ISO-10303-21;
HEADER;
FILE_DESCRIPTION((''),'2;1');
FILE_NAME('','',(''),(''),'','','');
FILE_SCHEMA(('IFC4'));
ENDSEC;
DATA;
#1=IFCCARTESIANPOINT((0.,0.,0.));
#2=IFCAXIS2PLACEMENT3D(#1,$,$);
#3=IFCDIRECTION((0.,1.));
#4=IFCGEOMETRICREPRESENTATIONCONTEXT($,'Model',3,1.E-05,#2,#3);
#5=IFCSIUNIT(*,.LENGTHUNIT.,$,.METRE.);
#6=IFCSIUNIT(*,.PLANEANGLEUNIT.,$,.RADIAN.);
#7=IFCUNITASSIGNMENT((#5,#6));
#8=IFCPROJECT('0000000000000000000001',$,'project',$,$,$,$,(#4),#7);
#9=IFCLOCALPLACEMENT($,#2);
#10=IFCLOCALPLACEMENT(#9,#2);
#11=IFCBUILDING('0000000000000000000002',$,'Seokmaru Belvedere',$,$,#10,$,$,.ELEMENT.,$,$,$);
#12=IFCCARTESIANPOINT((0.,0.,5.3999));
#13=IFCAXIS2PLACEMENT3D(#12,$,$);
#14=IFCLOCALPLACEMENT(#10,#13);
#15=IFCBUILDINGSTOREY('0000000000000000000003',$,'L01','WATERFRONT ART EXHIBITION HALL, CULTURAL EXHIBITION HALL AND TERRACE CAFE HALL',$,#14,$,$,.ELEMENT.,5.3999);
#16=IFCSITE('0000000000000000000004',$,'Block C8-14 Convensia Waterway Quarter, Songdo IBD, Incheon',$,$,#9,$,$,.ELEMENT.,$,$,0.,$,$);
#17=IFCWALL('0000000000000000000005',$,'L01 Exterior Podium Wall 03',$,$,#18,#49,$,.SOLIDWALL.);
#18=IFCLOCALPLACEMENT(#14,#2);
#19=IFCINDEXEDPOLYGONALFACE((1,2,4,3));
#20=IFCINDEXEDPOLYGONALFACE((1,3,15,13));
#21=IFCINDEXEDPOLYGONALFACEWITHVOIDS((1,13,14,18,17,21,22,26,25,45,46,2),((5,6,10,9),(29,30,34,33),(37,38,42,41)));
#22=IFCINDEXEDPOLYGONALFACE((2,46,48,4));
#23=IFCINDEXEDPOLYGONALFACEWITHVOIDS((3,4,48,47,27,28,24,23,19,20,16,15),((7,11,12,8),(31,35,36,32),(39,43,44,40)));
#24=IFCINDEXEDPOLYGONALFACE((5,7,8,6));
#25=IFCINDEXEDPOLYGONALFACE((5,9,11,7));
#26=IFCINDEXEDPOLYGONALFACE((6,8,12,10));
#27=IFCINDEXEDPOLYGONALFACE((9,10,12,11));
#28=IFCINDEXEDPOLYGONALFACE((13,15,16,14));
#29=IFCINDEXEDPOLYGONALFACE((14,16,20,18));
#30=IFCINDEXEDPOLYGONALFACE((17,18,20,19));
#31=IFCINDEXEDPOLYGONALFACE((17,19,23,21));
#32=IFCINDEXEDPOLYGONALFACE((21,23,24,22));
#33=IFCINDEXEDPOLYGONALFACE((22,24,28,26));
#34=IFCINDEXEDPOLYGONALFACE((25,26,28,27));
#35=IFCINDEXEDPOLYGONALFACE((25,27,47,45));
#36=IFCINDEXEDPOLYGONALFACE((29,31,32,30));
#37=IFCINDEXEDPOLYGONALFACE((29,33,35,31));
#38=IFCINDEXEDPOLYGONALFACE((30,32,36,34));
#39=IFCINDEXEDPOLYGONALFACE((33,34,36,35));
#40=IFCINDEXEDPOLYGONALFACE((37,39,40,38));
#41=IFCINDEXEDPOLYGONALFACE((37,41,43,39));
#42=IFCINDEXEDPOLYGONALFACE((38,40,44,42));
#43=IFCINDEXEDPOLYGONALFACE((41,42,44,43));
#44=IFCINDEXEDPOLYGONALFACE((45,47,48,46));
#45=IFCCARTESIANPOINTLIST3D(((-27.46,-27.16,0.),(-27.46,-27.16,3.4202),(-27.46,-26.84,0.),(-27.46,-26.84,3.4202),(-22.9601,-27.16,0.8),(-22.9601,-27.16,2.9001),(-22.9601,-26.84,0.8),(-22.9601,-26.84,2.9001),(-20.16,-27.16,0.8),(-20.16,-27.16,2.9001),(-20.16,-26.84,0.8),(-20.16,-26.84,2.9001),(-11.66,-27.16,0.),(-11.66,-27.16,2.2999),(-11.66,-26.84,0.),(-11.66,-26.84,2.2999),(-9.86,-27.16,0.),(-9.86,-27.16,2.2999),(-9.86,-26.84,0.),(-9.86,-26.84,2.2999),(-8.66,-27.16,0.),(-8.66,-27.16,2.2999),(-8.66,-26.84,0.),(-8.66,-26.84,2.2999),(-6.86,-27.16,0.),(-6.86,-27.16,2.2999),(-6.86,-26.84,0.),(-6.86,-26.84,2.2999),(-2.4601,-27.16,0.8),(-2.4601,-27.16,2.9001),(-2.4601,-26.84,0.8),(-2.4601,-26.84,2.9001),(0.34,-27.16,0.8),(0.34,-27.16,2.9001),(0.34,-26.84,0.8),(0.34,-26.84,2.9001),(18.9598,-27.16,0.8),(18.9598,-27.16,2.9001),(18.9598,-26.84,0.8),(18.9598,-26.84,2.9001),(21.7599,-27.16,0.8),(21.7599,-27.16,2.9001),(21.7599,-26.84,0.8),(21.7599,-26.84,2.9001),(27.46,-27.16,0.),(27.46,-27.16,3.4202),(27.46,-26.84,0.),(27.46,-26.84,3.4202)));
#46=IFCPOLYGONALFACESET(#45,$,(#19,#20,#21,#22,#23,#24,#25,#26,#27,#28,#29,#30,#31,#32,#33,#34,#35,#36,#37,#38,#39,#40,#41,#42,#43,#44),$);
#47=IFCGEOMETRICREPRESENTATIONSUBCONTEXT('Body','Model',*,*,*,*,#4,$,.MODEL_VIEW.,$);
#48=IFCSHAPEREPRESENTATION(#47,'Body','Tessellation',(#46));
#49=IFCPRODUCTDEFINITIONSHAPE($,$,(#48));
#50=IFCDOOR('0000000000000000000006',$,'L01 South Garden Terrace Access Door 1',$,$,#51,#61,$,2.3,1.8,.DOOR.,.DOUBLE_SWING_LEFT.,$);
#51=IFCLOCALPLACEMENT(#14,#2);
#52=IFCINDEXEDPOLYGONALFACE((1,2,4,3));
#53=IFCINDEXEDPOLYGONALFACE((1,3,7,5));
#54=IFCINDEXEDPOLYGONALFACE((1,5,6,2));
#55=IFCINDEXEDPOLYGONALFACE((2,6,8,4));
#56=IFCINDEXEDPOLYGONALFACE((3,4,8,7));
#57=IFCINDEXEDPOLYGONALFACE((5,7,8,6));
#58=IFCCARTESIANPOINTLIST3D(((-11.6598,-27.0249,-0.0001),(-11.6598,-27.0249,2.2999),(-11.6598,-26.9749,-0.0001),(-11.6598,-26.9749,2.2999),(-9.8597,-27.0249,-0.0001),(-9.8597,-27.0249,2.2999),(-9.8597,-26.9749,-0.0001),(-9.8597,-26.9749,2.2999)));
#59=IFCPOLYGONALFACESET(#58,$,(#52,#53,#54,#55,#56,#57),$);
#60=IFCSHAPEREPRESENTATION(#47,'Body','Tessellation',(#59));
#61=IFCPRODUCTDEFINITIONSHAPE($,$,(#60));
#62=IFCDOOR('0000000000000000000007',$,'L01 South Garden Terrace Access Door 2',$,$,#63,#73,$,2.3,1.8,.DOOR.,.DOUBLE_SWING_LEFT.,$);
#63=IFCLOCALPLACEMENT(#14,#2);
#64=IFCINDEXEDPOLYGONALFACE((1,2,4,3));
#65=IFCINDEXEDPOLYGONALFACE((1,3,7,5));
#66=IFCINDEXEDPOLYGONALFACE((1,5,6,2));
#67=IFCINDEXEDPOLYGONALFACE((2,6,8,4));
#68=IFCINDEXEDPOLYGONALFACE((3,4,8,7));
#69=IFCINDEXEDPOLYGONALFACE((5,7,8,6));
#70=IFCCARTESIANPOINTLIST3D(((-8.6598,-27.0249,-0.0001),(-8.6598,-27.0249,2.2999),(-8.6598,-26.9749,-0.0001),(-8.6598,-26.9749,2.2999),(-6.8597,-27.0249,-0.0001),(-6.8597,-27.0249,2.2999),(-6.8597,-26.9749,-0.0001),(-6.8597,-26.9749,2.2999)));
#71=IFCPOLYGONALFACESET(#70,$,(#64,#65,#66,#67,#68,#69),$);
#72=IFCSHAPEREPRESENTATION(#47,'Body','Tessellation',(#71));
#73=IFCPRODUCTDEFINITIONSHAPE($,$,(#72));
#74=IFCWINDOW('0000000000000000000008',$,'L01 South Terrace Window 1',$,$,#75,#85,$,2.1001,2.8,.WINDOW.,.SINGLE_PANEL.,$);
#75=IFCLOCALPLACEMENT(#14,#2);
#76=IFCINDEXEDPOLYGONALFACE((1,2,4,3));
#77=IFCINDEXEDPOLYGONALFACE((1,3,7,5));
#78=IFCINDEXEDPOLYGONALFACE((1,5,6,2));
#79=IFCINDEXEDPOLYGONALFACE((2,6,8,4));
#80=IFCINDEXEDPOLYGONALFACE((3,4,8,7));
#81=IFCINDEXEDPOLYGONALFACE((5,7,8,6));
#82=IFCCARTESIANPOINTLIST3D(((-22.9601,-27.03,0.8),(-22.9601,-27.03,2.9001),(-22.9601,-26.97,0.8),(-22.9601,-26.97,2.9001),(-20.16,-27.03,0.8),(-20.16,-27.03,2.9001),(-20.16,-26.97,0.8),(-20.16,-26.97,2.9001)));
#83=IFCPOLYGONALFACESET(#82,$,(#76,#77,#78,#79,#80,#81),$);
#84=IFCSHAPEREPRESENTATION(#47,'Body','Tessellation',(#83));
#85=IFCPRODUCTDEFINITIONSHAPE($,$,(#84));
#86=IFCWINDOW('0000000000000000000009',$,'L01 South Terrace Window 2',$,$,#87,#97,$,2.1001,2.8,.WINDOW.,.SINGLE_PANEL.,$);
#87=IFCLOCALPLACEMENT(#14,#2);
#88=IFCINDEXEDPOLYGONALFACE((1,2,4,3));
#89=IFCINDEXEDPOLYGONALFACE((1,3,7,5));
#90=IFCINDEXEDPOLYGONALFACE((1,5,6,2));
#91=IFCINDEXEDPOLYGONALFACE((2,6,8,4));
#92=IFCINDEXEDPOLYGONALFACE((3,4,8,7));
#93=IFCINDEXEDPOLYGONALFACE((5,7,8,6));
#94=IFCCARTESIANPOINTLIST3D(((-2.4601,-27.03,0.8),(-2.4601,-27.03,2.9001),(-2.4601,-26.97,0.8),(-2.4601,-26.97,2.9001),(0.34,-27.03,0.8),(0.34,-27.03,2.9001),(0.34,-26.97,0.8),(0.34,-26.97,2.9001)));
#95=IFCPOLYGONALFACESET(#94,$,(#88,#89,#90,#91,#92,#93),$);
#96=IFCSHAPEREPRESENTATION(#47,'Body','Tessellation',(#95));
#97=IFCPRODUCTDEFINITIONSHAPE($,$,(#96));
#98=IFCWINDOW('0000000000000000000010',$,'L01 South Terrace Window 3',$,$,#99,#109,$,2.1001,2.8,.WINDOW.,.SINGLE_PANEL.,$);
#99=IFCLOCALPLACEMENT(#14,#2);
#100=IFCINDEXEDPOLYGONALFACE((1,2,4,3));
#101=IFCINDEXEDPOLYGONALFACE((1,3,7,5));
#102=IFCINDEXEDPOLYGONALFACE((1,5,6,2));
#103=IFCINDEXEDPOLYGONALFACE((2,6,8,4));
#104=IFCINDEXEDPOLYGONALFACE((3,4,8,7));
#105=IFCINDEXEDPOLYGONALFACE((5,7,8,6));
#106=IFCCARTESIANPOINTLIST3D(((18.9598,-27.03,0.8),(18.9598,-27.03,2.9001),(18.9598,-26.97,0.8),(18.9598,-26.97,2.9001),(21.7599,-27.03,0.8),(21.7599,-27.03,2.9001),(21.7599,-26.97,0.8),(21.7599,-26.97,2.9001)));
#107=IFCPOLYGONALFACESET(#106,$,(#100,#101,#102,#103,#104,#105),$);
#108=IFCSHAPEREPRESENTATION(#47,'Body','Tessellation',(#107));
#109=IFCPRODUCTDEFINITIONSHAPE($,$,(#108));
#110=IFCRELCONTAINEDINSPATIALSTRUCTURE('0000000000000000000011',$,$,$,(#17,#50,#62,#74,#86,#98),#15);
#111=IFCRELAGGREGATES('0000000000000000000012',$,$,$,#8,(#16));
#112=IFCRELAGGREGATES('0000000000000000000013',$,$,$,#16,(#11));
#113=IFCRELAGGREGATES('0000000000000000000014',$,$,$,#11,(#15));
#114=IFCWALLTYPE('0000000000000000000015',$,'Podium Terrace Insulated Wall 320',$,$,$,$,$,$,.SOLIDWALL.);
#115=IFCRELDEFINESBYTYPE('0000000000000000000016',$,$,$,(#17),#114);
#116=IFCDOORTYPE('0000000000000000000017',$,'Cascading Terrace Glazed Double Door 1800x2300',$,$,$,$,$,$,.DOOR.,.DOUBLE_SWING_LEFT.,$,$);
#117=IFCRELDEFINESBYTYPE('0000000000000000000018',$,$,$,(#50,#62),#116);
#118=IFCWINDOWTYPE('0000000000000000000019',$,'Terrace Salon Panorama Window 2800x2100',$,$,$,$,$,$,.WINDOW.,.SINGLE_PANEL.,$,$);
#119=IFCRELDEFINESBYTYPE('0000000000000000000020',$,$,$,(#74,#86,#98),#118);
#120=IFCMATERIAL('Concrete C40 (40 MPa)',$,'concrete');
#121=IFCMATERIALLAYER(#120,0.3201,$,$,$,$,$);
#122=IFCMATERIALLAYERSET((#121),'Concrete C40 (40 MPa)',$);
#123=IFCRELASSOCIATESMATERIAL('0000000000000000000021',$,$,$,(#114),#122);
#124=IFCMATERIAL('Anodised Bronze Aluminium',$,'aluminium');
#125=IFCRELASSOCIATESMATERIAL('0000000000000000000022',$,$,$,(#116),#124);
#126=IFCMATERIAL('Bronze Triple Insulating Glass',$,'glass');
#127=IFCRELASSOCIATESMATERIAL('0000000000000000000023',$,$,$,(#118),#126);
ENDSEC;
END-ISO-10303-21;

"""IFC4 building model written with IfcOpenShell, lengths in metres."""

from ifc_helpers import new_model, si_unit, direction, frame, frame_2d, origin, place, context, subcontext, project, spatial, rectangle, extrude, source, transform, mapped, material, layer, layer_set, type_object, type_shapes, element, fill, save


model = new_model("IFC4")

# Units and contexts
model_context = context("Model", 3, precision=1e-05, world=origin(), true_north=direction((0.0, 1.0)))
body_context = subcontext(model_context, "Body", "Model", "MODEL_VIEW")
ifc_project = project(units=[si_unit("LENGTHUNIT", "METRE"), si_unit("PLANEANGLEUNIT", "RADIAN")], contexts=[model_context])

# Site, building, storey
site_placement = place(None, origin())
site = spatial("IfcSite", under=ifc_project, at=site_placement, Name="Block C8-14 Convensia Waterway Quarter, Songdo IBD, Incheon", CompositionType="ELEMENT", RefElevation=0.0)
building_placement = place(site_placement, origin())
building = spatial("IfcBuilding", under=site, at=building_placement, Name="Seokmaru Belvedere", CompositionType="ELEMENT")
storey_placement = place(building_placement, frame((0.0, 0.0, 5.3999)))
storey = spatial("IfcBuildingStorey", under=building, at=storey_placement, Name="L01", Description="WATERFRONT ART EXHIBITION HALL, CULTURAL EXHIBITION HALL AND TERRACE CAFE HALL", CompositionType="ELEMENT", Elevation=5.3999)

# Wall, openings, doors, windows
ifc_material_1 = material(Name="Concrete C40 (40 MPa)", Category="concrete")
ifc_layer = layer(ifc_material_1, 0.3201)
ifc_layer_set = layer_set([ifc_layer], Name="Concrete C40 (40 MPa)")
wall_type = type_object("IfcWallType", Name="Podium Terrace Insulated Wall 320", PredefinedType="SOLIDWALL", material=ifc_layer_set)
wall_placement = place(storey_placement, frame((-27.46, -27.0, 0.0), z_axis=(0.0, 0.0, 1.0), x_axis=(1.0, 0.0, 0.0)))
wall = element("IfcWall", 1, at=wall_placement, inside=storey, type_object=wall_type, Name="L01 Exterior Podium Wall 03", PredefinedType="SOLIDWALL", context=body_context, shape_type="SweptSolid", body=[
    extrude(rectangle(XDim=54.9199, YDim=0.3201, at=frame_2d((27.46, 0.0))), origin(), (0.0, 0.0, 1.0), 3.4202),
])
opening_1_placement = place(wall_placement, frame((15.8, 0.0, 0.0)))
opening_1 = element("IfcOpeningElement", 2, at=opening_1_placement, cuts=wall, PredefinedType="OPENING", context=body_context, shape_type="SweptSolid", body=[
    extrude(rectangle(XDim=1.8, YDim=2.3, at=frame_2d((0.8999, 1.1499))), frame((0.0, 0.1699, 0.0), z_axis=(0.0, -1.0, 0.0), x_axis=(1.0, 0.0, 0.0)), (0.0, 0.0, 1.0), 0.3401),
])
opening_2_placement = place(wall_placement, frame((18.8, 0.0, 0.0)))
opening_2 = element("IfcOpeningElement", 3, at=opening_2_placement, cuts=wall, PredefinedType="OPENING", context=body_context, shape_type="SweptSolid", body=[
    extrude(rectangle(XDim=1.8, YDim=2.3, at=frame_2d((0.8999, 1.1499))), frame((0.0, 0.1699, 0.0), z_axis=(0.0, -1.0, 0.0), x_axis=(1.0, 0.0, 0.0)), (0.0, 0.0, 1.0), 0.3401),
])
opening_3_placement = place(wall_placement, frame((4.5, 0.0, 0.8)))
opening_3 = element("IfcOpeningElement", 4, at=opening_3_placement, cuts=wall, PredefinedType="OPENING", context=body_context, shape_type="SweptSolid", body=[
    extrude(rectangle(XDim=2.8, YDim=2.1001, at=frame_2d((1.3999, 1.05))), frame((0.0, 0.1699, 0.0), z_axis=(0.0, -1.0, 0.0), x_axis=(1.0, 0.0, 0.0)), (0.0, 0.0, 1.0), 0.3401),
])
opening_4_placement = place(wall_placement, frame((25.0, 0.0, 0.8)))
opening_4 = element("IfcOpeningElement", 5, at=opening_4_placement, cuts=wall, PredefinedType="OPENING", context=body_context, shape_type="SweptSolid", body=[
    extrude(rectangle(XDim=2.8, YDim=2.1001, at=frame_2d((1.3999, 1.05))), frame((0.0, 0.1699, 0.0), z_axis=(0.0, -1.0, 0.0), x_axis=(1.0, 0.0, 0.0)), (0.0, 0.0, 1.0), 0.3401),
])
opening_5_placement = place(wall_placement, frame((46.4199, 0.0, 0.8)))
opening_5 = element("IfcOpeningElement", 6, at=opening_5_placement, cuts=wall, PredefinedType="OPENING", context=body_context, shape_type="SweptSolid", body=[
    extrude(rectangle(XDim=2.8, YDim=2.1001, at=frame_2d((1.3999, 1.05))), frame((0.0, 0.1699, 0.0), z_axis=(0.0, -1.0, 0.0), x_axis=(1.0, 0.0, 0.0)), (0.0, 0.0, 1.0), 0.3401),
])
ifc_material_2 = material(Name="Anodised Bronze Aluminium", Category="aluminium")
door_type = type_object("IfcDoorType", Name="Cascading Terrace Glazed Double Door 1800x2300", OperationType="DOUBLE_SWING_LEFT", PredefinedType="DOOR", material=ifc_material_2)
shared_shape_1 = source(origin(), body_context, "Body", "SweptSolid", [
    extrude(rectangle(XDim=1.8, YDim=2.3, at=frame_2d((0.8999, 1.1499))), frame((0.0, 0.0249, 0.0), z_axis=(0.0, -1.0, 0.0), x_axis=(1.0, 0.0, 0.0)), (0.0, 0.0, 1.0), 0.05),
])
type_shapes(door_type, [shared_shape_1])
door_1_placement = place(opening_1_placement, frame((1.8, 0.0, 0.0), z_axis=(0.0, 0.0, 1.0), x_axis=(-1.0, 0.0, 0.0)))
door_1 = element("IfcDoor", 7, at=door_1_placement, inside=storey, type_object=door_type, Name="L01 South Garden Terrace Access Door 1", OperationType="DOUBLE_SWING_LEFT", OverallHeight=2.3, OverallWidth=1.8, PredefinedType="DOOR", context=body_context, shape_type="MappedRepresentation", body=[
    mapped(shared_shape_1, transform((0.0, 0.0, 0.0), scale=1.0)),
])
fill(opening_1, door_1)
door_2_placement = place(opening_2_placement, frame((1.8, 0.0, 0.0), z_axis=(0.0, 0.0, 1.0), x_axis=(-1.0, 0.0, 0.0)))
door_2 = element("IfcDoor", 8, at=door_2_placement, inside=storey, type_object=door_type, Name="L01 South Garden Terrace Access Door 2", OperationType="DOUBLE_SWING_LEFT", OverallHeight=2.3, OverallWidth=1.8, PredefinedType="DOOR", context=body_context, shape_type="MappedRepresentation", body=[
    mapped(shared_shape_1, transform((0.0, 0.0, 0.0), scale=1.0)),
])
fill(opening_2, door_2)
ifc_material_3 = material(Name="Bronze Triple Insulating Glass", Category="glass")
window_type = type_object("IfcWindowType", Name="Terrace Salon Panorama Window 2800x2100", PartitioningType="SINGLE_PANEL", PredefinedType="WINDOW", material=ifc_material_3)
shared_shape_2 = source(origin(), body_context, "Body", "SweptSolid", [
    extrude(rectangle(XDim=2.8, YDim=2.1001, at=frame_2d((1.3999, 1.05))), frame((0.0, 0.03, 0.0), z_axis=(0.0, -1.0, 0.0), x_axis=(1.0, 0.0, 0.0)), (0.0, 0.0, 1.0), 0.0601),
])
type_shapes(window_type, [shared_shape_2])
window_1_placement = place(opening_3_placement, origin())
window_1 = element("IfcWindow", 9, at=window_1_placement, inside=storey, type_object=window_type, Name="L01 South Terrace Window 1", OverallHeight=2.1001, OverallWidth=2.8, PartitioningType="SINGLE_PANEL", PredefinedType="WINDOW", context=body_context, shape_type="MappedRepresentation", body=[
    mapped(shared_shape_2, transform((0.0, 0.0, 0.0), scale=1.0)),
])
fill(opening_3, window_1)
window_2_placement = place(opening_4_placement, origin())
window_2 = element("IfcWindow", 10, at=window_2_placement, inside=storey, type_object=window_type, Name="L01 South Terrace Window 2", OverallHeight=2.1001, OverallWidth=2.8, PartitioningType="SINGLE_PANEL", PredefinedType="WINDOW", context=body_context, shape_type="MappedRepresentation", body=[
    mapped(shared_shape_2, transform((0.0, 0.0, 0.0), scale=1.0)),
])
fill(opening_4, window_2)
window_3_placement = place(opening_5_placement, origin())
window_3 = element("IfcWindow", 11, at=window_3_placement, inside=storey, type_object=window_type, Name="L01 South Terrace Window 3", OverallHeight=2.1001, OverallWidth=2.8, PartitioningType="SINGLE_PANEL", PredefinedType="WINDOW", context=body_context, shape_type="MappedRepresentation", body=[
    mapped(shared_shape_2, transform((0.0, 0.0, 0.0), scale=1.0)),
])
fill(opening_5, window_3)

save(model, "model.ifc")
